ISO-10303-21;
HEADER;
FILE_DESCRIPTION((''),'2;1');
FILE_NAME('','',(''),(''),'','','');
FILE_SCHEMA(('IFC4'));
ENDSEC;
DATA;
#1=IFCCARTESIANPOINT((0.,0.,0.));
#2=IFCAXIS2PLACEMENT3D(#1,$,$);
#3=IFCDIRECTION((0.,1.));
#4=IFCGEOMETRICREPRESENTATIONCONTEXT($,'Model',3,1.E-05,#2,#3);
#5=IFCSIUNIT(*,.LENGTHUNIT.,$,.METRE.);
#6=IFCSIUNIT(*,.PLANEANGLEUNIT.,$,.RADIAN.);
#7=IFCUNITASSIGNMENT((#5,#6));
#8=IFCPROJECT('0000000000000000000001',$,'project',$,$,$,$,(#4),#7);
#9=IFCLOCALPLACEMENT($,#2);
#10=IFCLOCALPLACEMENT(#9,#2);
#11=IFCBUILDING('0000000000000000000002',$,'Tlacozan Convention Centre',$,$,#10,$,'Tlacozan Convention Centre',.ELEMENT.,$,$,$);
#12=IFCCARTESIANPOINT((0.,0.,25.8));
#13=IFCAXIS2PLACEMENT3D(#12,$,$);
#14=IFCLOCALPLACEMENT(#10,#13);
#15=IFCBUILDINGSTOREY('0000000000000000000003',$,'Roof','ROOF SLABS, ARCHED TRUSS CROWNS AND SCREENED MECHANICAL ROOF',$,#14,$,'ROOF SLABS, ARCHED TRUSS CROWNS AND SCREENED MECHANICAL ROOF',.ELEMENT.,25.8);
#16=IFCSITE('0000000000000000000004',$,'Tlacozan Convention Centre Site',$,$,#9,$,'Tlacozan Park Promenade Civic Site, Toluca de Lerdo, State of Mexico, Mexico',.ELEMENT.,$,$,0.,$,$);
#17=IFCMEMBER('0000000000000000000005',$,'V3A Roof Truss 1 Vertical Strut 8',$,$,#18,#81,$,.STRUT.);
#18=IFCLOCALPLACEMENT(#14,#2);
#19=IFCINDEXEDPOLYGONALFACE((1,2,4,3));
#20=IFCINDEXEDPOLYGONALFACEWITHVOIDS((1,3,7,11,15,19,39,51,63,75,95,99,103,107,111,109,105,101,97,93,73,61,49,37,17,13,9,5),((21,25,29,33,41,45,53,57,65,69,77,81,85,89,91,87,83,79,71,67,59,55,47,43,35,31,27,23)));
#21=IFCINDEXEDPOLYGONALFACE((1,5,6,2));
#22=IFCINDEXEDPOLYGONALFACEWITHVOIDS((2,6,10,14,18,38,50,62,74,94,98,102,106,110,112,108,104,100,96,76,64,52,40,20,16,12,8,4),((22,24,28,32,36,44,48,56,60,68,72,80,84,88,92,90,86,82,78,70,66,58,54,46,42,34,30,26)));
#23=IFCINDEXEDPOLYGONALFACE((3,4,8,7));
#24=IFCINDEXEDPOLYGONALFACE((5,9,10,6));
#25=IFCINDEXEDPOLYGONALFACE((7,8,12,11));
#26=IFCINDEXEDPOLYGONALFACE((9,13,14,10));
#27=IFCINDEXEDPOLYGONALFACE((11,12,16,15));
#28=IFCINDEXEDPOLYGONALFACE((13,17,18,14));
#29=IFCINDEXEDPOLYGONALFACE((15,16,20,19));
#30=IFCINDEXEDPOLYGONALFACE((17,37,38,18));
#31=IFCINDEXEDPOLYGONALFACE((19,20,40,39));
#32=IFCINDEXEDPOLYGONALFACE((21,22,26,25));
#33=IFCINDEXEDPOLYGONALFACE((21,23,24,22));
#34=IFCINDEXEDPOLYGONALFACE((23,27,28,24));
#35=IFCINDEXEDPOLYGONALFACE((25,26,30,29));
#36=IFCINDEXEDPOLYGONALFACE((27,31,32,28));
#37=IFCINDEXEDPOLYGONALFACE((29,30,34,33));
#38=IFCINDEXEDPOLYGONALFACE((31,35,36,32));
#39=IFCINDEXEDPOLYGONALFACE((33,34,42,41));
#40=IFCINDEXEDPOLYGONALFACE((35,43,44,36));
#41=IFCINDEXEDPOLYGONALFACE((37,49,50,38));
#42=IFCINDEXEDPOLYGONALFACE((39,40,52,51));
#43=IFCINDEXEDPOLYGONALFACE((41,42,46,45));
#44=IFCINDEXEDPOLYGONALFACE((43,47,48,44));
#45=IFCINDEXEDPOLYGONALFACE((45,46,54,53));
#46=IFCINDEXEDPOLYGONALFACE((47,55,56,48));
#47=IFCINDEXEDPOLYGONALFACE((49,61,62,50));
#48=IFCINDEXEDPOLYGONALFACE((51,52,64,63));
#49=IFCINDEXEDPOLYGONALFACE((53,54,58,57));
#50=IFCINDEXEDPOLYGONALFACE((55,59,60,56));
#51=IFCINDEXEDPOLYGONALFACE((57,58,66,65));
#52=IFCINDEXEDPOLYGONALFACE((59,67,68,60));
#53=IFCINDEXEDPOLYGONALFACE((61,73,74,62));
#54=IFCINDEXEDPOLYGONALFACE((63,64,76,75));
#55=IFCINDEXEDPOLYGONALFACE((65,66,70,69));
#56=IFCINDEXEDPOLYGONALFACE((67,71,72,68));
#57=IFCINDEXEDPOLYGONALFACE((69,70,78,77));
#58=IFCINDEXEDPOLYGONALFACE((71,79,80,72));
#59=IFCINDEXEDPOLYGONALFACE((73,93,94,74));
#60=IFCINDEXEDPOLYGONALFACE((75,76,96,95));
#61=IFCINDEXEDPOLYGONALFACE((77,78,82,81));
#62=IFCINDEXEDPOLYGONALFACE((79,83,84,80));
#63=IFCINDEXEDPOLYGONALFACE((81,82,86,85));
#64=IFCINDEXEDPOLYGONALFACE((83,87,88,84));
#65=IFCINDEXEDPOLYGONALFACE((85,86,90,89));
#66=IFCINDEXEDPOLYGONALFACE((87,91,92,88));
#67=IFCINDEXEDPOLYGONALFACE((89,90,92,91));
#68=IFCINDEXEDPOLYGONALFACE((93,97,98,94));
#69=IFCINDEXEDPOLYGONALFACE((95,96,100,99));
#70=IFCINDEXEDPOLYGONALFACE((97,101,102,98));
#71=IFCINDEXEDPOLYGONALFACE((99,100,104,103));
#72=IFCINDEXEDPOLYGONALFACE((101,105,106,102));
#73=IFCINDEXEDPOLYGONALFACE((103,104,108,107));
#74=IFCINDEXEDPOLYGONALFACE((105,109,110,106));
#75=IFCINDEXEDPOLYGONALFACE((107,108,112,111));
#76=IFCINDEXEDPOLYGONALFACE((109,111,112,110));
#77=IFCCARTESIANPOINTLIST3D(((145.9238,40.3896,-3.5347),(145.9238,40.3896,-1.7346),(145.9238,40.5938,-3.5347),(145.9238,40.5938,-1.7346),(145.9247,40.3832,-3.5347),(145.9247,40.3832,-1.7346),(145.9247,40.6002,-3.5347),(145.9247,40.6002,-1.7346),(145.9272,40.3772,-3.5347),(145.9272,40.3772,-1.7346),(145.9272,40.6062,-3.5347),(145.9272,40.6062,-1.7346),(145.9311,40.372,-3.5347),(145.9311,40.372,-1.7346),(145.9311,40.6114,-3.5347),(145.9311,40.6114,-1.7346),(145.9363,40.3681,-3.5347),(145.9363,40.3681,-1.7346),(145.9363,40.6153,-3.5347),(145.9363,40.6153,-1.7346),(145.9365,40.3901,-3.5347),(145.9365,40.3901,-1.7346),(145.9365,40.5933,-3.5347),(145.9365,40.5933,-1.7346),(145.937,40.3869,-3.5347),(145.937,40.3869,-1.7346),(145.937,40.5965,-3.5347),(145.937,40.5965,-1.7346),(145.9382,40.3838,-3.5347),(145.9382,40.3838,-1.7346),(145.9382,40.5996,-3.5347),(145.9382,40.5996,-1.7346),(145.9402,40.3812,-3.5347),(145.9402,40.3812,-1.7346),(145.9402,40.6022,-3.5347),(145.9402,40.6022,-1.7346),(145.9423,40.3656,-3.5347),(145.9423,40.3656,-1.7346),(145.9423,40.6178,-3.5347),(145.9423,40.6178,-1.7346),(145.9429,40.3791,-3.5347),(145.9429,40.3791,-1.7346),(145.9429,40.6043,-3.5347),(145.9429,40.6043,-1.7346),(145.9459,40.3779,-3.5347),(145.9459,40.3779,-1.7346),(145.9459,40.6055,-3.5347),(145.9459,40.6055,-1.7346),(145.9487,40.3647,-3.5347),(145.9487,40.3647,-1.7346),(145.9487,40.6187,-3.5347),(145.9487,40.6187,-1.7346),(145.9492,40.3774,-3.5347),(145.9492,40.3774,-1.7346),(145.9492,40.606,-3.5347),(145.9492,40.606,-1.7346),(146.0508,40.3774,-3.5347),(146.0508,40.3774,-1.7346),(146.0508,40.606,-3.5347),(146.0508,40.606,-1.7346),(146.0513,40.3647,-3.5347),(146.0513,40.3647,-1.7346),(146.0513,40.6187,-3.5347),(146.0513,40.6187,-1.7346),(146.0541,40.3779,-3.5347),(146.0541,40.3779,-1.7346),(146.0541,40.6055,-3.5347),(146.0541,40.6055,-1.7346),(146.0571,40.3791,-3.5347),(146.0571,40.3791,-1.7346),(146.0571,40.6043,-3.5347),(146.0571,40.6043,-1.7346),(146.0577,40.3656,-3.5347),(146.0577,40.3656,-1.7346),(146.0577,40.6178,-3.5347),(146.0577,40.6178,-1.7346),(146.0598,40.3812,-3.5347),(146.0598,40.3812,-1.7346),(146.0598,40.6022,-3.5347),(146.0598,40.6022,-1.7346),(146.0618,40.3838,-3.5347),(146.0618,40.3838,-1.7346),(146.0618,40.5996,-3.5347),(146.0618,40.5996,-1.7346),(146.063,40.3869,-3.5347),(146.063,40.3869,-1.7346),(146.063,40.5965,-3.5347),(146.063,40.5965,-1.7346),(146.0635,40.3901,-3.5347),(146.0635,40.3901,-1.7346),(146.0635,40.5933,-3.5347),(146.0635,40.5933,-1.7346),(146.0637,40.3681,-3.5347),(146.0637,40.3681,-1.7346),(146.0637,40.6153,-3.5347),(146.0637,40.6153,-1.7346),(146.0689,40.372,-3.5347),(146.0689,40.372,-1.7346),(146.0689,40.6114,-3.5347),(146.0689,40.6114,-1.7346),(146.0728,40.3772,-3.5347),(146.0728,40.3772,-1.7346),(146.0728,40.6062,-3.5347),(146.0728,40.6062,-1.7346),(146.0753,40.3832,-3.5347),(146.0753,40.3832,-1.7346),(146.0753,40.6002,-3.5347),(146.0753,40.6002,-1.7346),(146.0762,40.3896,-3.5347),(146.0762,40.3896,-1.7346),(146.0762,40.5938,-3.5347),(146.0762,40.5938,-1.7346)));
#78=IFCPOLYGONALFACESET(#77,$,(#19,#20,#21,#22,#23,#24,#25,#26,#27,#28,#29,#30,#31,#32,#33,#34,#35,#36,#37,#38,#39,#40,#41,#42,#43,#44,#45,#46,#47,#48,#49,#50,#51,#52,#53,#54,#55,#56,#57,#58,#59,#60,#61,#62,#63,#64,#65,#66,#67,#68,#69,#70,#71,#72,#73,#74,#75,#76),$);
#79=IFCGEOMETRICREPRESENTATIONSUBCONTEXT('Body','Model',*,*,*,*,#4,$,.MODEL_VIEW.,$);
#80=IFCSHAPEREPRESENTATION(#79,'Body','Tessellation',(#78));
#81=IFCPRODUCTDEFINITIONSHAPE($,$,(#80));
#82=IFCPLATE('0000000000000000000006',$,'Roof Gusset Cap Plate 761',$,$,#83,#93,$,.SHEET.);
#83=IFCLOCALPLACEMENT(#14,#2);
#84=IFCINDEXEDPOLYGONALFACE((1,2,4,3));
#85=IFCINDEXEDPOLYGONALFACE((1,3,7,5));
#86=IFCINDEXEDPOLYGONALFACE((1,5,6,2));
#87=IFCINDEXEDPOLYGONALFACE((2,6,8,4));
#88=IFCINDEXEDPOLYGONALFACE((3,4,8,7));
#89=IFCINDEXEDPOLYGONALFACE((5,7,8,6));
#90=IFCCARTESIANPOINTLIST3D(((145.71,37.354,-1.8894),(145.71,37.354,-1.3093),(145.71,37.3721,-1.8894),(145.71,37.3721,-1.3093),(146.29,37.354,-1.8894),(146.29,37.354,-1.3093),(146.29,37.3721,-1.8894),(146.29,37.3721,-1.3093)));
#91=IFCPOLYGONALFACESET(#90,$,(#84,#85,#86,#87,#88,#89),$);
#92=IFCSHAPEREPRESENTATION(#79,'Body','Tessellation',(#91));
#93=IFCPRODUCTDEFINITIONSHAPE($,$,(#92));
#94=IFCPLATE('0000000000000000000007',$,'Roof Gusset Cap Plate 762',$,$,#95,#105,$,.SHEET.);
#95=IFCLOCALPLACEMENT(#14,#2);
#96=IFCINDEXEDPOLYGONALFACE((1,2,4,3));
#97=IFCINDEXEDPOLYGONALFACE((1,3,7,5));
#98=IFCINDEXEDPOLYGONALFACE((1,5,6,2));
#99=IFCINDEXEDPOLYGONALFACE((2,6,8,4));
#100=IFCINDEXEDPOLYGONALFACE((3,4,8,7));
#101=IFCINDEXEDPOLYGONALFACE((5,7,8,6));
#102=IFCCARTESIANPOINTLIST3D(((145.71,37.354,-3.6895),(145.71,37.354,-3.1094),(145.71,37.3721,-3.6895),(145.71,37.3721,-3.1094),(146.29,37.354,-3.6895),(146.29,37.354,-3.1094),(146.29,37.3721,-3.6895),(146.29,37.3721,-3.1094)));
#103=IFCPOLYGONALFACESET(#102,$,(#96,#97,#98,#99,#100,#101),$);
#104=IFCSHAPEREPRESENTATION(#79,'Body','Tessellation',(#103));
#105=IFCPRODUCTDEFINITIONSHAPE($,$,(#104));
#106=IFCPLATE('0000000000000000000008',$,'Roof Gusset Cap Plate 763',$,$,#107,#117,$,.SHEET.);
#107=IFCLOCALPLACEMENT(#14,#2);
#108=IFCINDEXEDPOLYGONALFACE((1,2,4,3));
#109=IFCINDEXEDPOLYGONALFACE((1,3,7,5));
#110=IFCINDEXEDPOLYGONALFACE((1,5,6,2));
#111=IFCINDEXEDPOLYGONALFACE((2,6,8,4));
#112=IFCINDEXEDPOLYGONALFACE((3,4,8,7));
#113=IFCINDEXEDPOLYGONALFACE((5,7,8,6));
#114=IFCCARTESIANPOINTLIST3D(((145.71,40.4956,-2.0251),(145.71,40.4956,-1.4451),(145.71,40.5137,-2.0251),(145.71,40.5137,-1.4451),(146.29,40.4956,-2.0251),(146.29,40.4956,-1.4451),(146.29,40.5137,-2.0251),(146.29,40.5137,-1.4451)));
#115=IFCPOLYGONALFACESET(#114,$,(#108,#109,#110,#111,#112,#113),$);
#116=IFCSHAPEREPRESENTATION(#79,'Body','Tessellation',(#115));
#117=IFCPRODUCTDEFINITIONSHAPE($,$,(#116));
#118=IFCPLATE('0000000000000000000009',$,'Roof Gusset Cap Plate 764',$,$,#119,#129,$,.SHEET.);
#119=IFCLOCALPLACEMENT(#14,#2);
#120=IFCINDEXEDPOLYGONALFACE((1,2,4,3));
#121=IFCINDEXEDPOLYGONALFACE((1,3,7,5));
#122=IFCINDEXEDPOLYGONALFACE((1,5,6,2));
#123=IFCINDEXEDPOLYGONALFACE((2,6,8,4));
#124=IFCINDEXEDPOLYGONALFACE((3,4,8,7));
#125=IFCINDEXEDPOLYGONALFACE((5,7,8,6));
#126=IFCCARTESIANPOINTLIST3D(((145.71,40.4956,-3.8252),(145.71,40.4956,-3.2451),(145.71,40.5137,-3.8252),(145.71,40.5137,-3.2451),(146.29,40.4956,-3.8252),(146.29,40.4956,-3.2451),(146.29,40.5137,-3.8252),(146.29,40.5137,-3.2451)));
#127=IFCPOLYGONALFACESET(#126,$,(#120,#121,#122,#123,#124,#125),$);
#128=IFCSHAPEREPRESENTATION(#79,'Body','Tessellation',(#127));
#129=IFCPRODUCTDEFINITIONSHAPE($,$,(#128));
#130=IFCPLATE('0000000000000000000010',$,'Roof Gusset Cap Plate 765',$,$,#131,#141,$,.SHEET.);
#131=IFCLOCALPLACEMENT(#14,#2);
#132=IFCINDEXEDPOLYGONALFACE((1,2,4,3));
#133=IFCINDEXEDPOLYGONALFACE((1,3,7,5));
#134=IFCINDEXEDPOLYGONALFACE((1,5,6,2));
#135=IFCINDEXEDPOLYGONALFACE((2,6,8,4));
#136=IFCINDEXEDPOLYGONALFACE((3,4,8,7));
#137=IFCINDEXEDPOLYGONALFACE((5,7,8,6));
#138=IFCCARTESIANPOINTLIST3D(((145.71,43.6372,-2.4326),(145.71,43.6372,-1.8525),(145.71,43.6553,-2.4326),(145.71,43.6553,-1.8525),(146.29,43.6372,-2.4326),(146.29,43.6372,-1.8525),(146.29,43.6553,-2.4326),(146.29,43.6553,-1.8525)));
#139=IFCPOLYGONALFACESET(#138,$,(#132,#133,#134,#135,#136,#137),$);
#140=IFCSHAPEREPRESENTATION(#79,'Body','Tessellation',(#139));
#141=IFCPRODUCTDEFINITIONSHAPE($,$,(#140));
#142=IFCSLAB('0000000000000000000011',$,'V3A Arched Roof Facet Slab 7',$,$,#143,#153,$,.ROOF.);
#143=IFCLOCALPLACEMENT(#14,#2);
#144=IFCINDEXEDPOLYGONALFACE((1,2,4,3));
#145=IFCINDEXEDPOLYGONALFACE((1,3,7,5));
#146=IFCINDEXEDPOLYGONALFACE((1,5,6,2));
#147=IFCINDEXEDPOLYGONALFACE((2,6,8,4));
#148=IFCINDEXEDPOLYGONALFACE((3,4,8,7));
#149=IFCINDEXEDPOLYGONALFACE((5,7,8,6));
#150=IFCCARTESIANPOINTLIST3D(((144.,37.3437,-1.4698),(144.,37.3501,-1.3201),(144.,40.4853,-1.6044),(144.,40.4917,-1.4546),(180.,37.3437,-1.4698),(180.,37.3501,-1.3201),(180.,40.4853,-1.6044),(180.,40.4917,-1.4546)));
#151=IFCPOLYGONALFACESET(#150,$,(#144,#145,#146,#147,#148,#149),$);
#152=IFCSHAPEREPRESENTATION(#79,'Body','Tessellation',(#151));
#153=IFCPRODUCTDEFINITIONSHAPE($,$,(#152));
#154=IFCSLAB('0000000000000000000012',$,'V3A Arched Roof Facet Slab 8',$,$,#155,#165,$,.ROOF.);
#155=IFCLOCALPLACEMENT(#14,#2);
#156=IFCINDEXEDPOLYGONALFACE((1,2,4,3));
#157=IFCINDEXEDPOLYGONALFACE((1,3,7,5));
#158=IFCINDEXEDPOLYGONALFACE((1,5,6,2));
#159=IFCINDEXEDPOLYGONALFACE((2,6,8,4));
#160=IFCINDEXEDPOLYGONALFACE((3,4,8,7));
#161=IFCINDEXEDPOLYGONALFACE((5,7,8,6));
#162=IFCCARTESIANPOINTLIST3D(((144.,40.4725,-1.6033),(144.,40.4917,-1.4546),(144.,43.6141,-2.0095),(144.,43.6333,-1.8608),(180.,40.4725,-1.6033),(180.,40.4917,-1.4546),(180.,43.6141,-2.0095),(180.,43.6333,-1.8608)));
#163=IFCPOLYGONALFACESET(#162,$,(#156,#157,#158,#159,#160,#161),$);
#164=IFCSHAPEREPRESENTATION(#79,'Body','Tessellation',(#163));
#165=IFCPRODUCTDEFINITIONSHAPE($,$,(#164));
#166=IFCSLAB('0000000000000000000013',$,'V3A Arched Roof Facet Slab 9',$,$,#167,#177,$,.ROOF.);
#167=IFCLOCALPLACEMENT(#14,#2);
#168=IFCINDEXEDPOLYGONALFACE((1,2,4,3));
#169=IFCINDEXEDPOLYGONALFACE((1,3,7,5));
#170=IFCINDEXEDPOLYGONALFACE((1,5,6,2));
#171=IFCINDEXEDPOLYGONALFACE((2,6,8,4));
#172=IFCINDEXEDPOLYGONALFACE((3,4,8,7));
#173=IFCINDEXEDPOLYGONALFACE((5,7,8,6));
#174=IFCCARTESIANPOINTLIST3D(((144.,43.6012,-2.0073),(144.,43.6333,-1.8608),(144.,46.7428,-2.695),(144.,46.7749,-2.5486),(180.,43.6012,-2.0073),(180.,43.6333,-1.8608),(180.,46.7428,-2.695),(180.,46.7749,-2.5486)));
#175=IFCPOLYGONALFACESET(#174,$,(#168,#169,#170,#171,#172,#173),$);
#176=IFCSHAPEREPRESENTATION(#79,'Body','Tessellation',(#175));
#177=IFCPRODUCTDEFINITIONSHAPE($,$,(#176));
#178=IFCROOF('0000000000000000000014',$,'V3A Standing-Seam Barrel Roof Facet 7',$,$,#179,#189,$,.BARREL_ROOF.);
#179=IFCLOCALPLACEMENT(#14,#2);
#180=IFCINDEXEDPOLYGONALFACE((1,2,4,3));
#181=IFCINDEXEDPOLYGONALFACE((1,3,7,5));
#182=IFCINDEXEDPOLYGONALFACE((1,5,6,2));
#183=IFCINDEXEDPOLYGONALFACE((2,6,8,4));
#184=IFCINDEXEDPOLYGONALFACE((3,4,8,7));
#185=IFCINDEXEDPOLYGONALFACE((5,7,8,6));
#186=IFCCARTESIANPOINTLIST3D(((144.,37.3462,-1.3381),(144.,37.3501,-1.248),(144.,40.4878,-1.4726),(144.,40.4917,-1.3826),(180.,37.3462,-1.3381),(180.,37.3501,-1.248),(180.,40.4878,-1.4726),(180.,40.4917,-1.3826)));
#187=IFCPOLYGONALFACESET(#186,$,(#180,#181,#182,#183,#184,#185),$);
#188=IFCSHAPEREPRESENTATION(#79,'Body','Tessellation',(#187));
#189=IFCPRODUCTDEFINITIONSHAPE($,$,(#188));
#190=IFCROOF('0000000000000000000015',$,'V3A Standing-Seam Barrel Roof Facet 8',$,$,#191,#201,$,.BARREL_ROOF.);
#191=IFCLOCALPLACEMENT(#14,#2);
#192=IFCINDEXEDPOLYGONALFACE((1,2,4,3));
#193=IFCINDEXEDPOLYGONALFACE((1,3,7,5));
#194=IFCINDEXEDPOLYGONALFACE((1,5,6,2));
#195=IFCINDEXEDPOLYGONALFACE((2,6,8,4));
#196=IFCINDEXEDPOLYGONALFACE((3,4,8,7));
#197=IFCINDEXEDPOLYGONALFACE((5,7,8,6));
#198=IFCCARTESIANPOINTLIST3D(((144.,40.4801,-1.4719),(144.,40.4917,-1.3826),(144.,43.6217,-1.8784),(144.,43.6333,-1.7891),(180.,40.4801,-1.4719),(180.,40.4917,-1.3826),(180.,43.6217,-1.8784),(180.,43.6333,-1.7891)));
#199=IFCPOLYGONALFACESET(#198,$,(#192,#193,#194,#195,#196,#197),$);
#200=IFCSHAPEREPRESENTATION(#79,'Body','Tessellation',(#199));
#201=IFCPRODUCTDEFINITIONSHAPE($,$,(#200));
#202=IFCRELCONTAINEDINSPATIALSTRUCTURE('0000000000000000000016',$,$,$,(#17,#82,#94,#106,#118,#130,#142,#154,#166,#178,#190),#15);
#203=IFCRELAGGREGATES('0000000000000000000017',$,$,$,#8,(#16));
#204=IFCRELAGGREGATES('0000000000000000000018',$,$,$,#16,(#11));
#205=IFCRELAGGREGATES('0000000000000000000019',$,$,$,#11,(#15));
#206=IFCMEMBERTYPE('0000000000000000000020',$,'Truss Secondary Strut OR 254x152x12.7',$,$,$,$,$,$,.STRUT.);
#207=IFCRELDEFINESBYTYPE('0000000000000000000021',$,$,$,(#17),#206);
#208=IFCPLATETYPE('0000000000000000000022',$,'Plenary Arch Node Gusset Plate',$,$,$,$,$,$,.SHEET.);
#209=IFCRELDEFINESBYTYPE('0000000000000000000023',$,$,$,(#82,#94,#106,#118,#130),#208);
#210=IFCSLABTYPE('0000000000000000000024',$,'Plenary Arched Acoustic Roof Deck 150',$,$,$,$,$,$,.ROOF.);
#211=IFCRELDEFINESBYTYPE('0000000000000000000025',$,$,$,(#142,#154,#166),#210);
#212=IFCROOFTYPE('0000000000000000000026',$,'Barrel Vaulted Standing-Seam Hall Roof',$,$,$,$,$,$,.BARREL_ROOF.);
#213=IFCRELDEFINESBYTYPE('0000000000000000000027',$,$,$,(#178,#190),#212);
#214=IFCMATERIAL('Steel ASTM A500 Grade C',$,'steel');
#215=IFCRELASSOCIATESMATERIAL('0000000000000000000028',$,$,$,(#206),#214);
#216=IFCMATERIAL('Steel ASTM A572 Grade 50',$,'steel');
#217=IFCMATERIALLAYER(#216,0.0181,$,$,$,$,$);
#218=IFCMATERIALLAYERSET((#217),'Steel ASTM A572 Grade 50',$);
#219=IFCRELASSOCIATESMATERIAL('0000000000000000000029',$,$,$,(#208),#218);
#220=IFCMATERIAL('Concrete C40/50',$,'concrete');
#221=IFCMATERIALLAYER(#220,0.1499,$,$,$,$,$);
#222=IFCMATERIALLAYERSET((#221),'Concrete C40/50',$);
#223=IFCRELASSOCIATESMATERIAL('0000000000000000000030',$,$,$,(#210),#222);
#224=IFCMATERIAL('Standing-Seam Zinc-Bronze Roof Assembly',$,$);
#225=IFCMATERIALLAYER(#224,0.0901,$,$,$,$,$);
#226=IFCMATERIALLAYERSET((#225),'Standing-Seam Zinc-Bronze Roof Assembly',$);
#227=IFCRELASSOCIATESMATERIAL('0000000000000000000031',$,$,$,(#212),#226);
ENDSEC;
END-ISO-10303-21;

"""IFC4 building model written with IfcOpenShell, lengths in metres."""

from ifc_helpers import new_model, si_unit, direction, frame, origin, origin_2d, place, context, subcontext, project, spatial, polyline, rectangle, hollow_rectangle, outline, extrude, material, layer, layer_set, material_profile, profile_set, type_object, element, save


model = new_model("IFC4")

# Units and contexts
model_context = context("Model", 3, precision=1e-05, world=origin(), true_north=direction((0.0, 1.0)))
body_context = subcontext(model_context, "Body", "Model", "MODEL_VIEW")
ifc_project = project(units=[si_unit("LENGTHUNIT", "METRE"), si_unit("PLANEANGLEUNIT", "RADIAN")], contexts=[model_context])

# Site, building, storey
site_placement = place(None, origin())
site = spatial("IfcSite", under=ifc_project, at=site_placement, Name="Tlacozan Convention Centre Site", LongName="Tlacozan Park Promenade Civic Site, Toluca de Lerdo, State of Mexico, Mexico", CompositionType="ELEMENT", RefElevation=0.0)
building_placement = place(site_placement, origin())
building = spatial("IfcBuilding", under=site, at=building_placement, Name="Tlacozan Convention Centre", LongName="Tlacozan Convention Centre", CompositionType="ELEMENT")
storey_placement = place(building_placement, frame((0.0, 0.0, 25.8)))
storey = spatial("IfcBuildingStorey", under=building, at=storey_placement, Name="Roof", Description="ROOF SLABS, ARCHED TRUSS CROWNS AND SCREENED MECHANICAL ROOF", LongName="ROOF SLABS, ARCHED TRUSS CROWNS AND SCREENED MECHANICAL ROOF", CompositionType="ELEMENT", Elevation=25.8)

# Member
ifc_material_1 = material(Name="Steel ASTM A500 Grade C", Category="steel")
ifc_material_profile_1 = material_profile(ifc_material_1, hollow_rectangle(XDim=0.1523, YDim=0.2539, WallThickness=0.0127, InnerFilletRadius=0.0127, OuterFilletRadius=0.0249, at=origin_2d()), Name="OR 254x152x12.7")
ifc_profile_set_1 = profile_set([ifc_material_profile_1], Name="Steel ASTM A500 Grade C")
member_type_1 = type_object("IfcMemberType", Name="Truss Secondary Strut OR 254x152x12.7", PredefinedType="STRUT", material=ifc_profile_set_1)
member_1_placement = place(storey_placement, frame((146.0, 40.4917, -3.5347), z_axis=(0.0, 0.0, 1.0), x_axis=(1.0, 0.0, 0.0)))
element("IfcMember", 1, at=member_1_placement, inside=storey, type_object=member_type_1, Name="V3A Roof Truss 1 Vertical Strut 8", PredefinedType="STRUT", context=body_context, shape_type="SweptSolid", body=[
    extrude(hollow_rectangle(XDim=0.1523, YDim=0.2539, WallThickness=0.0127, InnerFilletRadius=0.0127, OuterFilletRadius=0.0249, at=origin_2d()), origin(), (0.0, 0.0, 1.0), 1.8),
])

# Plates
ifc_material_2 = material(Name="Steel ASTM A572 Grade 50", Category="steel")
ifc_layer_1 = layer(ifc_material_2, 0.0181)
ifc_layer_set_1 = layer_set([ifc_layer_1], Name="Steel ASTM A572 Grade 50")
plate_type = type_object("IfcPlateType", Name="Plenary Arch Node Gusset Plate", PredefinedType="SHEET", material=ifc_layer_set_1)
for number, where, z_axis, x_axis, name in (
    (2, (146.0, 37.363, -1.8894), (0.0, 0.0, 1.0), (0.0, 1.0, 0.0), "Roof Gusset Cap Plate 761"),
    (3, (146.0, 37.363, -3.6895), (0.0, 0.0, 1.0), (0.0, 1.0, 0.0), "Roof Gusset Cap Plate 762"),
    (4, (146.0, 40.5046, -2.0251), (0.0, 0.0, 1.0), (0.0, 1.0, 0.0), "Roof Gusset Cap Plate 763"),
    (5, (146.0, 40.5046, -3.8252), (0.0, 0.0, 1.0), (0.0, 1.0, 0.0), "Roof Gusset Cap Plate 764"),
    (6, (146.0, 43.6462, -2.4326), (0.0, 0.0, 1.0), (0.0, 1.0, 0.0), "Roof Gusset Cap Plate 765"),
):
    element("IfcPlate", number, at=place(storey_placement, frame(where, z_axis=z_axis, x_axis=x_axis)), inside=storey, type_object=plate_type, Name=name, PredefinedType="SHEET", context=body_context, shape_type="SweptSolid", body=[
        extrude(rectangle(XDim=0.0181, YDim=0.5801, at=origin_2d()), origin(), (0.0, 0.0, 1.0), 0.5801),
    ])

# Slabs
ifc_material_3 = material(Name="Concrete C40/50", Category="concrete")
ifc_layer_2 = layer(ifc_material_3, 0.1499)
ifc_layer_set_2 = layer_set([ifc_layer_2], Name="Concrete C40/50")
slab_type = type_object("IfcSlabType", Name="Plenary Arched Acoustic Roof Deck 150", PredefinedType="ROOF", material=ifc_layer_set_2)
slab_1_placement = place(storey_placement, frame((144.0, 37.3501, -1.3201), z_axis=(0.0, 0.04278, 0.999085), x_axis=(1.0, 0.0, 0.0)))
element("IfcSlab", 7, at=slab_1_placement, inside=storey, type_object=slab_type, Name="V3A Arched Roof Facet Slab 7", PredefinedType="ROOF", context=body_context, shape_type="SweptSolid", body=[
    extrude(outline(polyline([(0.0, 0.0), (36.0, 0.0), (36.0, 3.1445), (0.0, 3.1445), (0.0, 0.0)])), origin(), (0.0, 0.0, -1.0), 0.1499),
])
slab_2_placement = place(storey_placement, frame((144.0, 40.4917, -1.4546), z_axis=(0.0, 0.128245, 0.991742), x_axis=(1.0, 0.0, 0.0)))
element("IfcSlab", 8, at=slab_2_placement, inside=storey, type_object=slab_type, Name="V3A Arched Roof Facet Slab 8", PredefinedType="ROOF", context=body_context, shape_type="SweptSolid", body=[
    extrude(outline(polyline([(0.0, 0.0), (36.0, 0.0), (36.0, 3.1678), (0.0, 3.1678), (0.0, 0.0)])), origin(), (0.0, 0.0, -1.0), 0.1499),
])
slab_3_placement = place(storey_placement, frame((144.0, 43.6333, -1.8608), z_axis=(0.0, 0.213851, 0.976866), x_axis=(1.0, 0.0, 0.0)))
element("IfcSlab", 9, at=slab_3_placement, inside=storey, type_object=slab_type, Name="V3A Arched Roof Facet Slab 9", PredefinedType="ROOF", context=body_context, shape_type="SweptSolid", body=[
    extrude(outline(polyline([(0.0, 0.0), (36.0, 0.0), (36.0, 3.216), (0.0, 3.216), (0.0, 0.0)])), origin(), (0.0, 0.0, -1.0), 0.1499),
])

# Roofs
ifc_material_4 = material(Name="Standing-Seam Zinc-Bronze Roof Assembly")
ifc_layer_3 = layer(ifc_material_4, 0.0901)
ifc_layer_set_3 = layer_set([ifc_layer_3], Name="Standing-Seam Zinc-Bronze Roof Assembly")
roof_type = type_object("IfcRoofType", Name="Barrel Vaulted Standing-Seam Hall Roof", PredefinedType="BARREL_ROOF", material=ifc_layer_set_3)
roof_1_placement = place(storey_placement, frame((144.0, 37.3501, -1.248), z_axis=(0.0, 0.04278, 0.999085), x_axis=(1.0, 0.0, 0.0)))
element("IfcRoof", 10, at=roof_1_placement, inside=storey, type_object=roof_type, Name="V3A Standing-Seam Barrel Roof Facet 7", PredefinedType="BARREL_ROOF", context=body_context, shape_type="SweptSolid", body=[
    extrude(outline(polyline([(0.0, 0.0), (36.0, 0.0), (36.0, 3.1445), (0.0, 3.1445), (0.0, 0.0)])), origin(), (0.0, 0.0, -1.0), 0.0901),
])
roof_2_placement = place(storey_placement, frame((144.0, 40.4917, -1.3826), z_axis=(0.0, 0.128321, 0.991733), x_axis=(1.0, 0.0, 0.0)))
element("IfcRoof", 11, at=roof_2_placement, inside=storey, type_object=roof_type, Name="V3A Standing-Seam Barrel Roof Facet 8", PredefinedType="BARREL_ROOF", context=body_context, shape_type="SweptSolid", body=[
    extrude(outline(polyline([(0.0, 0.0), (36.0, 0.0), (36.0, 3.1678), (0.0, 3.1678), (0.0, 0.0)])), origin(), (0.0, 0.0, -1.0), 0.0901),
])

save(model, "model.ifc")
